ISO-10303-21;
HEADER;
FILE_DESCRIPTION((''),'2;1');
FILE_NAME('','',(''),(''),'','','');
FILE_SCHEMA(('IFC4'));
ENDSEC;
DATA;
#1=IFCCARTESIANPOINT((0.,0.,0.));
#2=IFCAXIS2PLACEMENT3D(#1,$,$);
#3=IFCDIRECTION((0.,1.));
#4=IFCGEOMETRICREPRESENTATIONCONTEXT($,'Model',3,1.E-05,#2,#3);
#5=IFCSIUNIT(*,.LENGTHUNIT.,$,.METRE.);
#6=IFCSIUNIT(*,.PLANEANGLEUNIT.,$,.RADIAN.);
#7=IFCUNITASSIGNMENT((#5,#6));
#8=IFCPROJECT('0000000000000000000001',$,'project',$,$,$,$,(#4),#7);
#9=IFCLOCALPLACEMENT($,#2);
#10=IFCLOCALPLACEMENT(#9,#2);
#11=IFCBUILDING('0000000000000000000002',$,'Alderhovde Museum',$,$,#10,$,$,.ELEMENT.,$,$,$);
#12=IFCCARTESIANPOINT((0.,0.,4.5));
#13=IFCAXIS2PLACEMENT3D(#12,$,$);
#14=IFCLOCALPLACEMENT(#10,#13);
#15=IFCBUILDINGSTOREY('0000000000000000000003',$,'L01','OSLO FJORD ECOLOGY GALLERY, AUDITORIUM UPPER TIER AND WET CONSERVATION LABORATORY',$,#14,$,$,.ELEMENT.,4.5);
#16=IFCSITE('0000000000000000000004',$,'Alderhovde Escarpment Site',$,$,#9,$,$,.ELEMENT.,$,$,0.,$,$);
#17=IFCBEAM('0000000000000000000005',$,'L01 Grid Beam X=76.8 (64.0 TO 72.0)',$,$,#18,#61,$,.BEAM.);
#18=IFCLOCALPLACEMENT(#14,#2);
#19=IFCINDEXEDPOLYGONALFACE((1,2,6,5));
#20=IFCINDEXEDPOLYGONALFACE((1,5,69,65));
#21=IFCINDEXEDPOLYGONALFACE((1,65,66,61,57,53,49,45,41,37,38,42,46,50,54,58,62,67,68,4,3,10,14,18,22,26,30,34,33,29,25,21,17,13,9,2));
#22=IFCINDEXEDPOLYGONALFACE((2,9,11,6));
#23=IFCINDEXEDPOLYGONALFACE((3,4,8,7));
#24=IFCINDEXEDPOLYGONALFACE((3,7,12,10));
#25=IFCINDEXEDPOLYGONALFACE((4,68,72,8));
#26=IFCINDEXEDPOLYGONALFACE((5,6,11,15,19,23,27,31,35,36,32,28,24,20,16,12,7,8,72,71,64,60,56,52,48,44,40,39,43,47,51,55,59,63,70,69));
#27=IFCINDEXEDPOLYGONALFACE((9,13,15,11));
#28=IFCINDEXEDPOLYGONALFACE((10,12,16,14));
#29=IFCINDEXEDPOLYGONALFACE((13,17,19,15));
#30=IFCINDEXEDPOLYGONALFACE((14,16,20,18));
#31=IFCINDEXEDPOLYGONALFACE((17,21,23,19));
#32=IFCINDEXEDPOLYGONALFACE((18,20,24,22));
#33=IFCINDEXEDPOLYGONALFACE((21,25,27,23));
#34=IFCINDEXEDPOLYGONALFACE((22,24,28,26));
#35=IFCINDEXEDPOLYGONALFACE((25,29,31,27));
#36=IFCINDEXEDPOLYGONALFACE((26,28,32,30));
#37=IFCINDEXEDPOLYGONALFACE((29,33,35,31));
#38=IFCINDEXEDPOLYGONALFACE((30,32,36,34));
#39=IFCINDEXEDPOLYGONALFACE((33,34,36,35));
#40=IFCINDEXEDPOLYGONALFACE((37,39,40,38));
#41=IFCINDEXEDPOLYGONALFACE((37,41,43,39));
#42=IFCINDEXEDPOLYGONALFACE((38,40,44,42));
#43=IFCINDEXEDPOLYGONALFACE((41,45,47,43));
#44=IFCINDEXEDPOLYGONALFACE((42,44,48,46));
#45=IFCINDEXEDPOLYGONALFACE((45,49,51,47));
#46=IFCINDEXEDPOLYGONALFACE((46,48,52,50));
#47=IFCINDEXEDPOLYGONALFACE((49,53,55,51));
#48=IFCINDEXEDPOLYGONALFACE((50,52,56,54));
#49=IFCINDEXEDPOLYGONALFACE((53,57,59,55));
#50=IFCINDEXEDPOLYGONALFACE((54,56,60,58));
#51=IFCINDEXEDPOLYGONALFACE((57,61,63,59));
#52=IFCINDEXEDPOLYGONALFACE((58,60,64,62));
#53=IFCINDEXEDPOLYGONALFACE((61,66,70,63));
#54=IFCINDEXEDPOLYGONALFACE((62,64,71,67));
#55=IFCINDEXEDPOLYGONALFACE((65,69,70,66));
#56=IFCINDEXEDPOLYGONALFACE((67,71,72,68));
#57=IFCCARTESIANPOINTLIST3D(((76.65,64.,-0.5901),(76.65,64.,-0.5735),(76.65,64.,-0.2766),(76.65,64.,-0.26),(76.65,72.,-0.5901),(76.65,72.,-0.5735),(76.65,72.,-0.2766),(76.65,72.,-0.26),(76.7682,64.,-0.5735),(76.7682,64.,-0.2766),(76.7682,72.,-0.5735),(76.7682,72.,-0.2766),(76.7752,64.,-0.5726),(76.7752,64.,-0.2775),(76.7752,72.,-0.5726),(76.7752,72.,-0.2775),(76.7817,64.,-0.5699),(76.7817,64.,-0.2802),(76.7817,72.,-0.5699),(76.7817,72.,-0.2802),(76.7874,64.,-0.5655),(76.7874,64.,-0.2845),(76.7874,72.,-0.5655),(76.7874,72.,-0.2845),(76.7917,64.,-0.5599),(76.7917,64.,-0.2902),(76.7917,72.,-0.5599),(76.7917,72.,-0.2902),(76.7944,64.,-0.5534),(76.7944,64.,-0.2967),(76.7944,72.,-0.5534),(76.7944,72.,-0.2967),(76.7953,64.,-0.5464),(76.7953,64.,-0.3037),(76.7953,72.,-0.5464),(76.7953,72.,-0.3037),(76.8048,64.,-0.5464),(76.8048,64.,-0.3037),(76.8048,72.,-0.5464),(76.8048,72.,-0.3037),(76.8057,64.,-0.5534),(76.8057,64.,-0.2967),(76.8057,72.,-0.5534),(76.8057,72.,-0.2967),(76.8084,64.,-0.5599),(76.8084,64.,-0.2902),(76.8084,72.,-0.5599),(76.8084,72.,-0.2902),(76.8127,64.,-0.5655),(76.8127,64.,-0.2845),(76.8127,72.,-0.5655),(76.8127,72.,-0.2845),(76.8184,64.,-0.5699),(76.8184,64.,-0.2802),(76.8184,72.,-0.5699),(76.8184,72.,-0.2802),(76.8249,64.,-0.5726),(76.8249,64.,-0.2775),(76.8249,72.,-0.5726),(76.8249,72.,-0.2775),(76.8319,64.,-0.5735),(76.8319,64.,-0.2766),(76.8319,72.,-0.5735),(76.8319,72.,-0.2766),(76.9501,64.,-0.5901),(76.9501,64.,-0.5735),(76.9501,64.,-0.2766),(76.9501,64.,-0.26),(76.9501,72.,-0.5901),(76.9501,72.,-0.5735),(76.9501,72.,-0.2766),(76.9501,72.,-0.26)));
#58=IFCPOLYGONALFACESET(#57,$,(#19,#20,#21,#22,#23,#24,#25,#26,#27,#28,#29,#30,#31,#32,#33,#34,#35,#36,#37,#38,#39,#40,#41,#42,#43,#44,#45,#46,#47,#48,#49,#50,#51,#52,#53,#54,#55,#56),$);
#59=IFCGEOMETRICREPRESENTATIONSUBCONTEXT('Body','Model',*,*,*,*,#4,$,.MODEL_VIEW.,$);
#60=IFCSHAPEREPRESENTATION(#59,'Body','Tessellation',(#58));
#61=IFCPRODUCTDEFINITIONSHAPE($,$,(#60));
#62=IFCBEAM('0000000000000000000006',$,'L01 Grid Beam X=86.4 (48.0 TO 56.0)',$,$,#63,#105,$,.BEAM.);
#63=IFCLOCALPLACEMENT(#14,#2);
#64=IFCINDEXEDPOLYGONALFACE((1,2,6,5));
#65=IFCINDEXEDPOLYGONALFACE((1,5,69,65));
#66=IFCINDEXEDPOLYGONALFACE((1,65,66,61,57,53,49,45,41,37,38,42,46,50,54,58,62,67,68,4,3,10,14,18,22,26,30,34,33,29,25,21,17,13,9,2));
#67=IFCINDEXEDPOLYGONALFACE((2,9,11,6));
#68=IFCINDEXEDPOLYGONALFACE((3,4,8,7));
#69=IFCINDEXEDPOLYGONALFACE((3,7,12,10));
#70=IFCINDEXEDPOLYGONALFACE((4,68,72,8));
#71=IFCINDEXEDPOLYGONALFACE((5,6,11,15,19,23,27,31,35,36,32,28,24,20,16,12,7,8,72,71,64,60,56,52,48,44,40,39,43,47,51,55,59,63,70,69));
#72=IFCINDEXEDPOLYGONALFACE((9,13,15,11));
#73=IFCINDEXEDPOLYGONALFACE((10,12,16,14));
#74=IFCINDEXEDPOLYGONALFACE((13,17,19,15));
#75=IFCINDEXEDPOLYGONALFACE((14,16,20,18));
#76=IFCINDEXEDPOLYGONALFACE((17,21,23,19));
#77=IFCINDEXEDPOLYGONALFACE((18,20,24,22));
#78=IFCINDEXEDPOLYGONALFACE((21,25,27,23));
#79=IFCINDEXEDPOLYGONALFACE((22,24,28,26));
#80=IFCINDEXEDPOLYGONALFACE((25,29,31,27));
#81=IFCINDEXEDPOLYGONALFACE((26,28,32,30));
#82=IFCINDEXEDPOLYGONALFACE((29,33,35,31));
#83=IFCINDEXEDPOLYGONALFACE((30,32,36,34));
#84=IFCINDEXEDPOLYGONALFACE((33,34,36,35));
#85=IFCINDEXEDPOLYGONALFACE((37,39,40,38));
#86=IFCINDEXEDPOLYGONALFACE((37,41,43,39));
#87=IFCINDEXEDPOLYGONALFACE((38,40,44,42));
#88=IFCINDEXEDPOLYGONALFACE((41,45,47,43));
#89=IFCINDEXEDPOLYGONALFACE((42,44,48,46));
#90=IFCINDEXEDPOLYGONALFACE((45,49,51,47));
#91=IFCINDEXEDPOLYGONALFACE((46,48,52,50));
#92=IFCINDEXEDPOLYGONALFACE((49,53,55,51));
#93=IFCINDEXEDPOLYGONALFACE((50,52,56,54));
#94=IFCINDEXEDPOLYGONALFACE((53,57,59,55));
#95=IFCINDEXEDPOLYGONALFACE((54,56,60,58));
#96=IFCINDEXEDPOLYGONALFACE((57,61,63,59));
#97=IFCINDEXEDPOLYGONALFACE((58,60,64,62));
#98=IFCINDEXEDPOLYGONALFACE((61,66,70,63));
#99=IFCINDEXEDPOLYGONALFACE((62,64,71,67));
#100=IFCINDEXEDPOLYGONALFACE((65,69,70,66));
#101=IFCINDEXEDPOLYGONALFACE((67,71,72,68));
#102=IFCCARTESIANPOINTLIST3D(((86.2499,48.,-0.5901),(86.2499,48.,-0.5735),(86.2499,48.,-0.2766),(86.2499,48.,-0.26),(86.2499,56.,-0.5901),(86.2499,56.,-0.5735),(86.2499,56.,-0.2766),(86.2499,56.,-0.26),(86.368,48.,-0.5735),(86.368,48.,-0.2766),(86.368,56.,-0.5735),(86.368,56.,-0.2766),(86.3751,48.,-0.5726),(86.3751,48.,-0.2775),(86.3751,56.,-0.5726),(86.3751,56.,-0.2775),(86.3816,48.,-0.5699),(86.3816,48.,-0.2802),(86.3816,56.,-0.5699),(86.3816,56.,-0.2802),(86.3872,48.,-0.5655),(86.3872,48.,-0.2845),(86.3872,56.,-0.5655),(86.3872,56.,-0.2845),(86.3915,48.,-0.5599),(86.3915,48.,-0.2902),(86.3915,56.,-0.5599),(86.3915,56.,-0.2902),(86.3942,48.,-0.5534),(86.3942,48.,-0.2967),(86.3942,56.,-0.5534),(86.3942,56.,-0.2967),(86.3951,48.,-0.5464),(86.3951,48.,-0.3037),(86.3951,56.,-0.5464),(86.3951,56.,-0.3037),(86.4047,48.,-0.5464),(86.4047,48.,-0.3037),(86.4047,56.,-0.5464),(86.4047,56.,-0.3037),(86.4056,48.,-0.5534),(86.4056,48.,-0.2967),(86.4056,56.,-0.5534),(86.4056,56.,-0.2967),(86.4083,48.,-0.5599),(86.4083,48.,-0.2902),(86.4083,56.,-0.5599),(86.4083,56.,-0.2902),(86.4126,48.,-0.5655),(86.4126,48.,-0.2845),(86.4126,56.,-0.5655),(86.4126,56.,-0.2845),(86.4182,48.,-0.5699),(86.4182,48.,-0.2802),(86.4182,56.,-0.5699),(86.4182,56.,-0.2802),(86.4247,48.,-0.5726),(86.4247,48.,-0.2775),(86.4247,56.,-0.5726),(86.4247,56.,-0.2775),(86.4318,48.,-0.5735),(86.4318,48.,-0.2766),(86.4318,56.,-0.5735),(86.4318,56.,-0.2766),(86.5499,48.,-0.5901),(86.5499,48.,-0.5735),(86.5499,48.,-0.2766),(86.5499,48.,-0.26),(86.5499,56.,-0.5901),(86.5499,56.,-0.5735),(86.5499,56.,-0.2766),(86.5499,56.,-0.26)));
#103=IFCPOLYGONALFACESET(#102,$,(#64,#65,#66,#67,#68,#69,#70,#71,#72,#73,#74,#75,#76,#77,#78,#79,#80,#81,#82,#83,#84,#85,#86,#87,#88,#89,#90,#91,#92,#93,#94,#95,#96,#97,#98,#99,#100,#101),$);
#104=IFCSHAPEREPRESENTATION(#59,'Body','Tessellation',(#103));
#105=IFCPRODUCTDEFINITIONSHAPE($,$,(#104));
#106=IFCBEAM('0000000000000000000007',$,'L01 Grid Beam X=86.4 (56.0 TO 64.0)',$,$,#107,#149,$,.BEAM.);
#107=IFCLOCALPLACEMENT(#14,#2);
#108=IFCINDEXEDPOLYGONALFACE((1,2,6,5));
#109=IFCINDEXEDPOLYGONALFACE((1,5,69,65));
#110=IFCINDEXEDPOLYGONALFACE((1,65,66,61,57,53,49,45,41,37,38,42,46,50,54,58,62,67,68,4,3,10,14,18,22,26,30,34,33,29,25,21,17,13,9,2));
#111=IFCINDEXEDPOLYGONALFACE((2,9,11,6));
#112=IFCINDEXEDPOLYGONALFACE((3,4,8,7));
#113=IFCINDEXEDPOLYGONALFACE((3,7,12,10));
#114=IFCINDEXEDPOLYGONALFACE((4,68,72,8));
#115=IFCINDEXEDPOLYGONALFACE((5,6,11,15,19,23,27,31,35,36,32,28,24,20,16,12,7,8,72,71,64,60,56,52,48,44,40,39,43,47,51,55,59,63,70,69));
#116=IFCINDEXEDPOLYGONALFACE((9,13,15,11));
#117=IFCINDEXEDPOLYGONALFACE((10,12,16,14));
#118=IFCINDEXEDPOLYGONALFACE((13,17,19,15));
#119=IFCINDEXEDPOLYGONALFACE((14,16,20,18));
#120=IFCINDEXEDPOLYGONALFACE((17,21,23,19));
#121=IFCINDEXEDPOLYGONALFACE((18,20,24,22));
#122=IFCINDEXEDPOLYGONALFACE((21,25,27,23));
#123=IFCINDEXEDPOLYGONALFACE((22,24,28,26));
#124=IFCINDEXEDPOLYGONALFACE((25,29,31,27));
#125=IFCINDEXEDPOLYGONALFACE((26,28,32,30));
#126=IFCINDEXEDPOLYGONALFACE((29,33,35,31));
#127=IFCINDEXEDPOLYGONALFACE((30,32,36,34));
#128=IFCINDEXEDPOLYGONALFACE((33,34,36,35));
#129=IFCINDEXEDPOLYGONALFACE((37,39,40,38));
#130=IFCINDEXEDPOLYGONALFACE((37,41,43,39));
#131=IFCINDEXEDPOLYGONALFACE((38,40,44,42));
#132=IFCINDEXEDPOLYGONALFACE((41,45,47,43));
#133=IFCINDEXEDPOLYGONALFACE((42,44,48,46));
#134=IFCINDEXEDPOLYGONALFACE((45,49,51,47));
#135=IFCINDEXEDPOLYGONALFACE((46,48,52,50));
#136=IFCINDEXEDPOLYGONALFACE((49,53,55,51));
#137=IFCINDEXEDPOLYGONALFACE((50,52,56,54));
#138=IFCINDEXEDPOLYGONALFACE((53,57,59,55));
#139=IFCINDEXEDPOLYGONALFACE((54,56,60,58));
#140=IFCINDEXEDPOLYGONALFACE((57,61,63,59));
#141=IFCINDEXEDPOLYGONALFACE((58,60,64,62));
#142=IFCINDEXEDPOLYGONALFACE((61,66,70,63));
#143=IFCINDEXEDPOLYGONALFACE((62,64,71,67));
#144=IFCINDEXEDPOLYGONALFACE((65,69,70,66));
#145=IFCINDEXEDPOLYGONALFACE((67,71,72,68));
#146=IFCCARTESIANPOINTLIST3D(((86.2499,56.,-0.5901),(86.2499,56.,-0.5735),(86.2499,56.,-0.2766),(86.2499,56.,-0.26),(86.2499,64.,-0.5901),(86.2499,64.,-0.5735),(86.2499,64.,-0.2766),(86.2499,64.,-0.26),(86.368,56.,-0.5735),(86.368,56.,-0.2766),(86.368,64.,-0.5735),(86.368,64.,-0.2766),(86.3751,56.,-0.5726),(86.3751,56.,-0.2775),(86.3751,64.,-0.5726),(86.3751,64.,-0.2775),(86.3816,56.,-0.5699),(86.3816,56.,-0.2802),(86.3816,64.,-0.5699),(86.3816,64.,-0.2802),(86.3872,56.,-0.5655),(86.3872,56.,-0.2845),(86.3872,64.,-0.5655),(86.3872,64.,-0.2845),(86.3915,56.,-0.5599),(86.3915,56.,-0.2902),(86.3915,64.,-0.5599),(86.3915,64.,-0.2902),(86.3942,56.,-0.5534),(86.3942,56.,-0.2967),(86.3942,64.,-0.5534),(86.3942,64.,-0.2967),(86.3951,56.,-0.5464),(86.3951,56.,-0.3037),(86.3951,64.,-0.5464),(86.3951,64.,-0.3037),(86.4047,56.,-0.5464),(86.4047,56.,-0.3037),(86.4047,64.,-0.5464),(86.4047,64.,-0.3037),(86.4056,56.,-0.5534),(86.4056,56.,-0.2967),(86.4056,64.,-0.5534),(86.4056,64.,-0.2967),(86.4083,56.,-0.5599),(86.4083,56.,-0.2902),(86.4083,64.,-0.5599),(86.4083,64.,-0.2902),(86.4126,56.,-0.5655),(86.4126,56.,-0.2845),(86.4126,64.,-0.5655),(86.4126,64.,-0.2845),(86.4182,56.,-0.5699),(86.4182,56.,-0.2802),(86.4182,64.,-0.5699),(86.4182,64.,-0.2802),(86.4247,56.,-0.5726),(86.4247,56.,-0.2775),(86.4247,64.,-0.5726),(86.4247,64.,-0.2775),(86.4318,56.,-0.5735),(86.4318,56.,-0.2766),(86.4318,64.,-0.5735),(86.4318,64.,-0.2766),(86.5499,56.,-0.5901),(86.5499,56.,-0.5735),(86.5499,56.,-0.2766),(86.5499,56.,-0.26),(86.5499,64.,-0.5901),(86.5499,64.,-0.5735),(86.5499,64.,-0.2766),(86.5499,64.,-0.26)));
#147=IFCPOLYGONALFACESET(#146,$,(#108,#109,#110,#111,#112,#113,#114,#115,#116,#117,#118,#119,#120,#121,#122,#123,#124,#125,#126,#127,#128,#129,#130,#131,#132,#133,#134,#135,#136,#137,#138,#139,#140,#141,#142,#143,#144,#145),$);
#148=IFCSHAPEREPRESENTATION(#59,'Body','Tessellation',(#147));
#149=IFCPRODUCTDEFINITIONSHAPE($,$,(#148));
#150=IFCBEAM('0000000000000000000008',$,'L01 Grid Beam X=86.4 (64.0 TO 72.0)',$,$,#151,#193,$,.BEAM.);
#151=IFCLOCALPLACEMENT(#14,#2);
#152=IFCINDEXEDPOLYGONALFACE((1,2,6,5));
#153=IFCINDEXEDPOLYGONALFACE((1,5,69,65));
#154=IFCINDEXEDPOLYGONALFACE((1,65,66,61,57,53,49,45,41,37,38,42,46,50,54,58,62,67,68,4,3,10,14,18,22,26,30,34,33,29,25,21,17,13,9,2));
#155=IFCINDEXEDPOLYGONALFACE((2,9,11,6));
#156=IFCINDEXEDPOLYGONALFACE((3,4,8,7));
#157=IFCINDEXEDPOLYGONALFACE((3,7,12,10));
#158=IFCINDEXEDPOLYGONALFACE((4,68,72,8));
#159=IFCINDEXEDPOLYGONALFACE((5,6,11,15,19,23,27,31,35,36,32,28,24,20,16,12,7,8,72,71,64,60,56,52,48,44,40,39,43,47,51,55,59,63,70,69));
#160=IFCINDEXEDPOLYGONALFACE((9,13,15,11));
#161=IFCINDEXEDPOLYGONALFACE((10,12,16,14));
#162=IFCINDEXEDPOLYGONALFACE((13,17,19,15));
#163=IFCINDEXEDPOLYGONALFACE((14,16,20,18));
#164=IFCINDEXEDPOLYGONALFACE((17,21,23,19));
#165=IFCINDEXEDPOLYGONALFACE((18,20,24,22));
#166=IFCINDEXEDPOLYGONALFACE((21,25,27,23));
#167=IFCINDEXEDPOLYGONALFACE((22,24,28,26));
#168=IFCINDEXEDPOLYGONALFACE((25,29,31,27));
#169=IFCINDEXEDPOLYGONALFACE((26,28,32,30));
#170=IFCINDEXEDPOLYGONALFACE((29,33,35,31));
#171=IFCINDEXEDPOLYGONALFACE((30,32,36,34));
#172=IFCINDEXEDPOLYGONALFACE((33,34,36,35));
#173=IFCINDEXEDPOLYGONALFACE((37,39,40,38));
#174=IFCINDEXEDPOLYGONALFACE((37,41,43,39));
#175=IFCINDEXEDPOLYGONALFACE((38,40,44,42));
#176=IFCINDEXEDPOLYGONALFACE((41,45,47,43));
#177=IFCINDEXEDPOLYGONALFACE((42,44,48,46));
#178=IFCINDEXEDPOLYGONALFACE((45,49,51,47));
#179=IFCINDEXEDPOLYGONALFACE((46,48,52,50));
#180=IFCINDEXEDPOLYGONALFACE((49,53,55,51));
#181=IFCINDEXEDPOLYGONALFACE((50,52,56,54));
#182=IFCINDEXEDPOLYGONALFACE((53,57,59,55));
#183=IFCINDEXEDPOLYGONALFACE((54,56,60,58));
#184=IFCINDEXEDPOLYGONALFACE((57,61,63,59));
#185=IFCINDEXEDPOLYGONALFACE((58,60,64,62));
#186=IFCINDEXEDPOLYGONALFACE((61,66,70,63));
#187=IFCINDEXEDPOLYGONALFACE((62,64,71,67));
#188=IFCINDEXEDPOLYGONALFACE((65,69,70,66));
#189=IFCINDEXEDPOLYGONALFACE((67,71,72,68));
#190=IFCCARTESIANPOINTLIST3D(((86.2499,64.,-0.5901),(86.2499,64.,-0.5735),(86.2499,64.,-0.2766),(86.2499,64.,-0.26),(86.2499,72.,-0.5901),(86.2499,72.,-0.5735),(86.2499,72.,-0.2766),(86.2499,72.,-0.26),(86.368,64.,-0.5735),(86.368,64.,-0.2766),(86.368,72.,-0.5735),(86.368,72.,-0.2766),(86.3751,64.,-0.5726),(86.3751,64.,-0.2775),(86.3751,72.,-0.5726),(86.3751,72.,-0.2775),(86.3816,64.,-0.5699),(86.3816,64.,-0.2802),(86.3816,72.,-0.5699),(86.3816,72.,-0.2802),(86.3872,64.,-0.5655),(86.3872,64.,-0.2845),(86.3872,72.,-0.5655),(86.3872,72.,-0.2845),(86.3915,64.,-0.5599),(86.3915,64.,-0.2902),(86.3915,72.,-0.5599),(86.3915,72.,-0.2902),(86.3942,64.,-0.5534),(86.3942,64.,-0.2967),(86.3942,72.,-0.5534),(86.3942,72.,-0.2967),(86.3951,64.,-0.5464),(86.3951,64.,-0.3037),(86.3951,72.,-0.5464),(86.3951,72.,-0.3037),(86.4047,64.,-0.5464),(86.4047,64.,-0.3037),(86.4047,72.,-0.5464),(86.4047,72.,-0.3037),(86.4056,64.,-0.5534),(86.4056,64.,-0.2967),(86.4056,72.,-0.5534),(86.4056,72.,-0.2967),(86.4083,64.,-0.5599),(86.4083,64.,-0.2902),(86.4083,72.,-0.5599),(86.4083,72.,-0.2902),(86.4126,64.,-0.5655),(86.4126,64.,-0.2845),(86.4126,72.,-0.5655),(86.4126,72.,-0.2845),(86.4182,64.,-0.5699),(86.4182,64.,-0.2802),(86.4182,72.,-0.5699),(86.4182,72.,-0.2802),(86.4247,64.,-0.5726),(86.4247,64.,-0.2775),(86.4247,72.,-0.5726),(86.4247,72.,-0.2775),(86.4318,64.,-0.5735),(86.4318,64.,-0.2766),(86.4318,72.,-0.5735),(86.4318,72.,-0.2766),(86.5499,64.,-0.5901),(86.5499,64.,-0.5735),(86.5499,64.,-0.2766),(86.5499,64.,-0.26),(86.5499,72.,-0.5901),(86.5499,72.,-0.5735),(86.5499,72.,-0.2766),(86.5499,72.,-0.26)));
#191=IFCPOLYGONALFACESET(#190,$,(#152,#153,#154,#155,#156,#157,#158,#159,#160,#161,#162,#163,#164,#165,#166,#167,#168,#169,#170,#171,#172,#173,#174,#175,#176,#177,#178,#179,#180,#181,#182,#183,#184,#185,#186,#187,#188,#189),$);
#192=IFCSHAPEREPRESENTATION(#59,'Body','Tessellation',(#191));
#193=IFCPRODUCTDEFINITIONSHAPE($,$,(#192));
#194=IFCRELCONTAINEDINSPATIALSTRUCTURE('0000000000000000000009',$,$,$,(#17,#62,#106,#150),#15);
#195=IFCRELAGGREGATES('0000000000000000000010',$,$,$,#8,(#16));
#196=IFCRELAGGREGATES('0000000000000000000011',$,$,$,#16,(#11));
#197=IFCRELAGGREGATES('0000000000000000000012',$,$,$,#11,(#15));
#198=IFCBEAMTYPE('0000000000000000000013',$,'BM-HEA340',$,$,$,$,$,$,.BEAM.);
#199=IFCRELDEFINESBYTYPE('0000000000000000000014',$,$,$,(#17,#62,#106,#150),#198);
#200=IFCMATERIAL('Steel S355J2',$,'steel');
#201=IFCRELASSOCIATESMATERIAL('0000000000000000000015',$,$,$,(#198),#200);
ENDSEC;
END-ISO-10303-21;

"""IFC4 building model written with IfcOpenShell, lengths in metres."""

from ifc_helpers import new_model, si_unit, direction, frame, origin, origin_2d, place, context, subcontext, project, spatial, i_section, extrude, material, material_profile, profile_set, type_object, element, save


model = new_model("IFC4")

# Units and contexts
model_context = context("Model", 3, precision=1e-05, world=origin(), true_north=direction((0.0, 1.0)))
body_context = subcontext(model_context, "Body", "Model", "MODEL_VIEW")
ifc_project = project(units=[si_unit("LENGTHUNIT", "METRE"), si_unit("PLANEANGLEUNIT", "RADIAN")], contexts=[model_context])

# Site, building, storey
site_placement = place(None, origin())
site = spatial("IfcSite", under=ifc_project, at=site_placement, Name="Alderhovde Escarpment Site", CompositionType="ELEMENT", RefElevation=0.0)
building_placement = place(site_placement, origin())
building = spatial("IfcBuilding", under=site, at=building_placement, Name="Alderhovde Museum", CompositionType="ELEMENT")
storey_placement = place(building_placement, frame((0.0, 0.0, 4.5)))
storey = spatial("IfcBuildingStorey", under=building, at=storey_placement, Name="L01", Description="OSLO FJORD ECOLOGY GALLERY, AUDITORIUM UPPER TIER AND WET CONSERVATION LABORATORY", CompositionType="ELEMENT", Elevation=4.5)

# Beams
ifc_material_1 = material(Name="Steel S355J2", Category="steel")
ifc_material_profile_1 = material_profile(ifc_material_1, i_section(OverallWidth=0.3, OverallDepth=0.3301, WebThickness=0.0095, FlangeThickness=0.0166, FilletRadius=0.0271, at=origin_2d()), Name="HEA 340")
ifc_profile_set_1 = profile_set([ifc_material_profile_1], Name="Steel S355J2")
beam_type_1 = type_object("IfcBeamType", Name="BM-HEA340", PredefinedType="BEAM", material=ifc_profile_set_1)
for number, where, z_axis, x_axis, name in (
    (1, (76.8, 64.0, -0.425), (0.0, 1.0, 0.0), (-1.0, 0.0, 0.0), "L01 Grid Beam X=76.8 (64.0 TO 72.0)"),
    (2, (86.3999, 48.0, -0.425), (0.0, 1.0, 0.0), (-1.0, 0.0, 0.0), "L01 Grid Beam X=86.4 (48.0 TO 56.0)"),
    (3, (86.3999, 56.0, -0.425), (0.0, 1.0, 0.0), (-1.0, 0.0, 0.0), "L01 Grid Beam X=86.4 (56.0 TO 64.0)"),
    (4, (86.3999, 64.0, -0.425), (0.0, 1.0, 0.0), (-1.0, 0.0, 0.0), "L01 Grid Beam X=86.4 (64.0 TO 72.0)"),
):
    element("IfcBeam", number, at=place(storey_placement, frame(where, z_axis=z_axis, x_axis=x_axis)), inside=storey, type_object=beam_type_1, Name=name, PredefinedType="BEAM", context=body_context, shape_type="SweptSolid", body=[
        extrude(i_section(OverallWidth=0.3, OverallDepth=0.3301, WebThickness=0.0095, FlangeThickness=0.0166, FilletRadius=0.0271, at=origin_2d()), origin(), (0.0, 0.0, 1.0), 8.0),
    ])

save(model, "model.ifc")
